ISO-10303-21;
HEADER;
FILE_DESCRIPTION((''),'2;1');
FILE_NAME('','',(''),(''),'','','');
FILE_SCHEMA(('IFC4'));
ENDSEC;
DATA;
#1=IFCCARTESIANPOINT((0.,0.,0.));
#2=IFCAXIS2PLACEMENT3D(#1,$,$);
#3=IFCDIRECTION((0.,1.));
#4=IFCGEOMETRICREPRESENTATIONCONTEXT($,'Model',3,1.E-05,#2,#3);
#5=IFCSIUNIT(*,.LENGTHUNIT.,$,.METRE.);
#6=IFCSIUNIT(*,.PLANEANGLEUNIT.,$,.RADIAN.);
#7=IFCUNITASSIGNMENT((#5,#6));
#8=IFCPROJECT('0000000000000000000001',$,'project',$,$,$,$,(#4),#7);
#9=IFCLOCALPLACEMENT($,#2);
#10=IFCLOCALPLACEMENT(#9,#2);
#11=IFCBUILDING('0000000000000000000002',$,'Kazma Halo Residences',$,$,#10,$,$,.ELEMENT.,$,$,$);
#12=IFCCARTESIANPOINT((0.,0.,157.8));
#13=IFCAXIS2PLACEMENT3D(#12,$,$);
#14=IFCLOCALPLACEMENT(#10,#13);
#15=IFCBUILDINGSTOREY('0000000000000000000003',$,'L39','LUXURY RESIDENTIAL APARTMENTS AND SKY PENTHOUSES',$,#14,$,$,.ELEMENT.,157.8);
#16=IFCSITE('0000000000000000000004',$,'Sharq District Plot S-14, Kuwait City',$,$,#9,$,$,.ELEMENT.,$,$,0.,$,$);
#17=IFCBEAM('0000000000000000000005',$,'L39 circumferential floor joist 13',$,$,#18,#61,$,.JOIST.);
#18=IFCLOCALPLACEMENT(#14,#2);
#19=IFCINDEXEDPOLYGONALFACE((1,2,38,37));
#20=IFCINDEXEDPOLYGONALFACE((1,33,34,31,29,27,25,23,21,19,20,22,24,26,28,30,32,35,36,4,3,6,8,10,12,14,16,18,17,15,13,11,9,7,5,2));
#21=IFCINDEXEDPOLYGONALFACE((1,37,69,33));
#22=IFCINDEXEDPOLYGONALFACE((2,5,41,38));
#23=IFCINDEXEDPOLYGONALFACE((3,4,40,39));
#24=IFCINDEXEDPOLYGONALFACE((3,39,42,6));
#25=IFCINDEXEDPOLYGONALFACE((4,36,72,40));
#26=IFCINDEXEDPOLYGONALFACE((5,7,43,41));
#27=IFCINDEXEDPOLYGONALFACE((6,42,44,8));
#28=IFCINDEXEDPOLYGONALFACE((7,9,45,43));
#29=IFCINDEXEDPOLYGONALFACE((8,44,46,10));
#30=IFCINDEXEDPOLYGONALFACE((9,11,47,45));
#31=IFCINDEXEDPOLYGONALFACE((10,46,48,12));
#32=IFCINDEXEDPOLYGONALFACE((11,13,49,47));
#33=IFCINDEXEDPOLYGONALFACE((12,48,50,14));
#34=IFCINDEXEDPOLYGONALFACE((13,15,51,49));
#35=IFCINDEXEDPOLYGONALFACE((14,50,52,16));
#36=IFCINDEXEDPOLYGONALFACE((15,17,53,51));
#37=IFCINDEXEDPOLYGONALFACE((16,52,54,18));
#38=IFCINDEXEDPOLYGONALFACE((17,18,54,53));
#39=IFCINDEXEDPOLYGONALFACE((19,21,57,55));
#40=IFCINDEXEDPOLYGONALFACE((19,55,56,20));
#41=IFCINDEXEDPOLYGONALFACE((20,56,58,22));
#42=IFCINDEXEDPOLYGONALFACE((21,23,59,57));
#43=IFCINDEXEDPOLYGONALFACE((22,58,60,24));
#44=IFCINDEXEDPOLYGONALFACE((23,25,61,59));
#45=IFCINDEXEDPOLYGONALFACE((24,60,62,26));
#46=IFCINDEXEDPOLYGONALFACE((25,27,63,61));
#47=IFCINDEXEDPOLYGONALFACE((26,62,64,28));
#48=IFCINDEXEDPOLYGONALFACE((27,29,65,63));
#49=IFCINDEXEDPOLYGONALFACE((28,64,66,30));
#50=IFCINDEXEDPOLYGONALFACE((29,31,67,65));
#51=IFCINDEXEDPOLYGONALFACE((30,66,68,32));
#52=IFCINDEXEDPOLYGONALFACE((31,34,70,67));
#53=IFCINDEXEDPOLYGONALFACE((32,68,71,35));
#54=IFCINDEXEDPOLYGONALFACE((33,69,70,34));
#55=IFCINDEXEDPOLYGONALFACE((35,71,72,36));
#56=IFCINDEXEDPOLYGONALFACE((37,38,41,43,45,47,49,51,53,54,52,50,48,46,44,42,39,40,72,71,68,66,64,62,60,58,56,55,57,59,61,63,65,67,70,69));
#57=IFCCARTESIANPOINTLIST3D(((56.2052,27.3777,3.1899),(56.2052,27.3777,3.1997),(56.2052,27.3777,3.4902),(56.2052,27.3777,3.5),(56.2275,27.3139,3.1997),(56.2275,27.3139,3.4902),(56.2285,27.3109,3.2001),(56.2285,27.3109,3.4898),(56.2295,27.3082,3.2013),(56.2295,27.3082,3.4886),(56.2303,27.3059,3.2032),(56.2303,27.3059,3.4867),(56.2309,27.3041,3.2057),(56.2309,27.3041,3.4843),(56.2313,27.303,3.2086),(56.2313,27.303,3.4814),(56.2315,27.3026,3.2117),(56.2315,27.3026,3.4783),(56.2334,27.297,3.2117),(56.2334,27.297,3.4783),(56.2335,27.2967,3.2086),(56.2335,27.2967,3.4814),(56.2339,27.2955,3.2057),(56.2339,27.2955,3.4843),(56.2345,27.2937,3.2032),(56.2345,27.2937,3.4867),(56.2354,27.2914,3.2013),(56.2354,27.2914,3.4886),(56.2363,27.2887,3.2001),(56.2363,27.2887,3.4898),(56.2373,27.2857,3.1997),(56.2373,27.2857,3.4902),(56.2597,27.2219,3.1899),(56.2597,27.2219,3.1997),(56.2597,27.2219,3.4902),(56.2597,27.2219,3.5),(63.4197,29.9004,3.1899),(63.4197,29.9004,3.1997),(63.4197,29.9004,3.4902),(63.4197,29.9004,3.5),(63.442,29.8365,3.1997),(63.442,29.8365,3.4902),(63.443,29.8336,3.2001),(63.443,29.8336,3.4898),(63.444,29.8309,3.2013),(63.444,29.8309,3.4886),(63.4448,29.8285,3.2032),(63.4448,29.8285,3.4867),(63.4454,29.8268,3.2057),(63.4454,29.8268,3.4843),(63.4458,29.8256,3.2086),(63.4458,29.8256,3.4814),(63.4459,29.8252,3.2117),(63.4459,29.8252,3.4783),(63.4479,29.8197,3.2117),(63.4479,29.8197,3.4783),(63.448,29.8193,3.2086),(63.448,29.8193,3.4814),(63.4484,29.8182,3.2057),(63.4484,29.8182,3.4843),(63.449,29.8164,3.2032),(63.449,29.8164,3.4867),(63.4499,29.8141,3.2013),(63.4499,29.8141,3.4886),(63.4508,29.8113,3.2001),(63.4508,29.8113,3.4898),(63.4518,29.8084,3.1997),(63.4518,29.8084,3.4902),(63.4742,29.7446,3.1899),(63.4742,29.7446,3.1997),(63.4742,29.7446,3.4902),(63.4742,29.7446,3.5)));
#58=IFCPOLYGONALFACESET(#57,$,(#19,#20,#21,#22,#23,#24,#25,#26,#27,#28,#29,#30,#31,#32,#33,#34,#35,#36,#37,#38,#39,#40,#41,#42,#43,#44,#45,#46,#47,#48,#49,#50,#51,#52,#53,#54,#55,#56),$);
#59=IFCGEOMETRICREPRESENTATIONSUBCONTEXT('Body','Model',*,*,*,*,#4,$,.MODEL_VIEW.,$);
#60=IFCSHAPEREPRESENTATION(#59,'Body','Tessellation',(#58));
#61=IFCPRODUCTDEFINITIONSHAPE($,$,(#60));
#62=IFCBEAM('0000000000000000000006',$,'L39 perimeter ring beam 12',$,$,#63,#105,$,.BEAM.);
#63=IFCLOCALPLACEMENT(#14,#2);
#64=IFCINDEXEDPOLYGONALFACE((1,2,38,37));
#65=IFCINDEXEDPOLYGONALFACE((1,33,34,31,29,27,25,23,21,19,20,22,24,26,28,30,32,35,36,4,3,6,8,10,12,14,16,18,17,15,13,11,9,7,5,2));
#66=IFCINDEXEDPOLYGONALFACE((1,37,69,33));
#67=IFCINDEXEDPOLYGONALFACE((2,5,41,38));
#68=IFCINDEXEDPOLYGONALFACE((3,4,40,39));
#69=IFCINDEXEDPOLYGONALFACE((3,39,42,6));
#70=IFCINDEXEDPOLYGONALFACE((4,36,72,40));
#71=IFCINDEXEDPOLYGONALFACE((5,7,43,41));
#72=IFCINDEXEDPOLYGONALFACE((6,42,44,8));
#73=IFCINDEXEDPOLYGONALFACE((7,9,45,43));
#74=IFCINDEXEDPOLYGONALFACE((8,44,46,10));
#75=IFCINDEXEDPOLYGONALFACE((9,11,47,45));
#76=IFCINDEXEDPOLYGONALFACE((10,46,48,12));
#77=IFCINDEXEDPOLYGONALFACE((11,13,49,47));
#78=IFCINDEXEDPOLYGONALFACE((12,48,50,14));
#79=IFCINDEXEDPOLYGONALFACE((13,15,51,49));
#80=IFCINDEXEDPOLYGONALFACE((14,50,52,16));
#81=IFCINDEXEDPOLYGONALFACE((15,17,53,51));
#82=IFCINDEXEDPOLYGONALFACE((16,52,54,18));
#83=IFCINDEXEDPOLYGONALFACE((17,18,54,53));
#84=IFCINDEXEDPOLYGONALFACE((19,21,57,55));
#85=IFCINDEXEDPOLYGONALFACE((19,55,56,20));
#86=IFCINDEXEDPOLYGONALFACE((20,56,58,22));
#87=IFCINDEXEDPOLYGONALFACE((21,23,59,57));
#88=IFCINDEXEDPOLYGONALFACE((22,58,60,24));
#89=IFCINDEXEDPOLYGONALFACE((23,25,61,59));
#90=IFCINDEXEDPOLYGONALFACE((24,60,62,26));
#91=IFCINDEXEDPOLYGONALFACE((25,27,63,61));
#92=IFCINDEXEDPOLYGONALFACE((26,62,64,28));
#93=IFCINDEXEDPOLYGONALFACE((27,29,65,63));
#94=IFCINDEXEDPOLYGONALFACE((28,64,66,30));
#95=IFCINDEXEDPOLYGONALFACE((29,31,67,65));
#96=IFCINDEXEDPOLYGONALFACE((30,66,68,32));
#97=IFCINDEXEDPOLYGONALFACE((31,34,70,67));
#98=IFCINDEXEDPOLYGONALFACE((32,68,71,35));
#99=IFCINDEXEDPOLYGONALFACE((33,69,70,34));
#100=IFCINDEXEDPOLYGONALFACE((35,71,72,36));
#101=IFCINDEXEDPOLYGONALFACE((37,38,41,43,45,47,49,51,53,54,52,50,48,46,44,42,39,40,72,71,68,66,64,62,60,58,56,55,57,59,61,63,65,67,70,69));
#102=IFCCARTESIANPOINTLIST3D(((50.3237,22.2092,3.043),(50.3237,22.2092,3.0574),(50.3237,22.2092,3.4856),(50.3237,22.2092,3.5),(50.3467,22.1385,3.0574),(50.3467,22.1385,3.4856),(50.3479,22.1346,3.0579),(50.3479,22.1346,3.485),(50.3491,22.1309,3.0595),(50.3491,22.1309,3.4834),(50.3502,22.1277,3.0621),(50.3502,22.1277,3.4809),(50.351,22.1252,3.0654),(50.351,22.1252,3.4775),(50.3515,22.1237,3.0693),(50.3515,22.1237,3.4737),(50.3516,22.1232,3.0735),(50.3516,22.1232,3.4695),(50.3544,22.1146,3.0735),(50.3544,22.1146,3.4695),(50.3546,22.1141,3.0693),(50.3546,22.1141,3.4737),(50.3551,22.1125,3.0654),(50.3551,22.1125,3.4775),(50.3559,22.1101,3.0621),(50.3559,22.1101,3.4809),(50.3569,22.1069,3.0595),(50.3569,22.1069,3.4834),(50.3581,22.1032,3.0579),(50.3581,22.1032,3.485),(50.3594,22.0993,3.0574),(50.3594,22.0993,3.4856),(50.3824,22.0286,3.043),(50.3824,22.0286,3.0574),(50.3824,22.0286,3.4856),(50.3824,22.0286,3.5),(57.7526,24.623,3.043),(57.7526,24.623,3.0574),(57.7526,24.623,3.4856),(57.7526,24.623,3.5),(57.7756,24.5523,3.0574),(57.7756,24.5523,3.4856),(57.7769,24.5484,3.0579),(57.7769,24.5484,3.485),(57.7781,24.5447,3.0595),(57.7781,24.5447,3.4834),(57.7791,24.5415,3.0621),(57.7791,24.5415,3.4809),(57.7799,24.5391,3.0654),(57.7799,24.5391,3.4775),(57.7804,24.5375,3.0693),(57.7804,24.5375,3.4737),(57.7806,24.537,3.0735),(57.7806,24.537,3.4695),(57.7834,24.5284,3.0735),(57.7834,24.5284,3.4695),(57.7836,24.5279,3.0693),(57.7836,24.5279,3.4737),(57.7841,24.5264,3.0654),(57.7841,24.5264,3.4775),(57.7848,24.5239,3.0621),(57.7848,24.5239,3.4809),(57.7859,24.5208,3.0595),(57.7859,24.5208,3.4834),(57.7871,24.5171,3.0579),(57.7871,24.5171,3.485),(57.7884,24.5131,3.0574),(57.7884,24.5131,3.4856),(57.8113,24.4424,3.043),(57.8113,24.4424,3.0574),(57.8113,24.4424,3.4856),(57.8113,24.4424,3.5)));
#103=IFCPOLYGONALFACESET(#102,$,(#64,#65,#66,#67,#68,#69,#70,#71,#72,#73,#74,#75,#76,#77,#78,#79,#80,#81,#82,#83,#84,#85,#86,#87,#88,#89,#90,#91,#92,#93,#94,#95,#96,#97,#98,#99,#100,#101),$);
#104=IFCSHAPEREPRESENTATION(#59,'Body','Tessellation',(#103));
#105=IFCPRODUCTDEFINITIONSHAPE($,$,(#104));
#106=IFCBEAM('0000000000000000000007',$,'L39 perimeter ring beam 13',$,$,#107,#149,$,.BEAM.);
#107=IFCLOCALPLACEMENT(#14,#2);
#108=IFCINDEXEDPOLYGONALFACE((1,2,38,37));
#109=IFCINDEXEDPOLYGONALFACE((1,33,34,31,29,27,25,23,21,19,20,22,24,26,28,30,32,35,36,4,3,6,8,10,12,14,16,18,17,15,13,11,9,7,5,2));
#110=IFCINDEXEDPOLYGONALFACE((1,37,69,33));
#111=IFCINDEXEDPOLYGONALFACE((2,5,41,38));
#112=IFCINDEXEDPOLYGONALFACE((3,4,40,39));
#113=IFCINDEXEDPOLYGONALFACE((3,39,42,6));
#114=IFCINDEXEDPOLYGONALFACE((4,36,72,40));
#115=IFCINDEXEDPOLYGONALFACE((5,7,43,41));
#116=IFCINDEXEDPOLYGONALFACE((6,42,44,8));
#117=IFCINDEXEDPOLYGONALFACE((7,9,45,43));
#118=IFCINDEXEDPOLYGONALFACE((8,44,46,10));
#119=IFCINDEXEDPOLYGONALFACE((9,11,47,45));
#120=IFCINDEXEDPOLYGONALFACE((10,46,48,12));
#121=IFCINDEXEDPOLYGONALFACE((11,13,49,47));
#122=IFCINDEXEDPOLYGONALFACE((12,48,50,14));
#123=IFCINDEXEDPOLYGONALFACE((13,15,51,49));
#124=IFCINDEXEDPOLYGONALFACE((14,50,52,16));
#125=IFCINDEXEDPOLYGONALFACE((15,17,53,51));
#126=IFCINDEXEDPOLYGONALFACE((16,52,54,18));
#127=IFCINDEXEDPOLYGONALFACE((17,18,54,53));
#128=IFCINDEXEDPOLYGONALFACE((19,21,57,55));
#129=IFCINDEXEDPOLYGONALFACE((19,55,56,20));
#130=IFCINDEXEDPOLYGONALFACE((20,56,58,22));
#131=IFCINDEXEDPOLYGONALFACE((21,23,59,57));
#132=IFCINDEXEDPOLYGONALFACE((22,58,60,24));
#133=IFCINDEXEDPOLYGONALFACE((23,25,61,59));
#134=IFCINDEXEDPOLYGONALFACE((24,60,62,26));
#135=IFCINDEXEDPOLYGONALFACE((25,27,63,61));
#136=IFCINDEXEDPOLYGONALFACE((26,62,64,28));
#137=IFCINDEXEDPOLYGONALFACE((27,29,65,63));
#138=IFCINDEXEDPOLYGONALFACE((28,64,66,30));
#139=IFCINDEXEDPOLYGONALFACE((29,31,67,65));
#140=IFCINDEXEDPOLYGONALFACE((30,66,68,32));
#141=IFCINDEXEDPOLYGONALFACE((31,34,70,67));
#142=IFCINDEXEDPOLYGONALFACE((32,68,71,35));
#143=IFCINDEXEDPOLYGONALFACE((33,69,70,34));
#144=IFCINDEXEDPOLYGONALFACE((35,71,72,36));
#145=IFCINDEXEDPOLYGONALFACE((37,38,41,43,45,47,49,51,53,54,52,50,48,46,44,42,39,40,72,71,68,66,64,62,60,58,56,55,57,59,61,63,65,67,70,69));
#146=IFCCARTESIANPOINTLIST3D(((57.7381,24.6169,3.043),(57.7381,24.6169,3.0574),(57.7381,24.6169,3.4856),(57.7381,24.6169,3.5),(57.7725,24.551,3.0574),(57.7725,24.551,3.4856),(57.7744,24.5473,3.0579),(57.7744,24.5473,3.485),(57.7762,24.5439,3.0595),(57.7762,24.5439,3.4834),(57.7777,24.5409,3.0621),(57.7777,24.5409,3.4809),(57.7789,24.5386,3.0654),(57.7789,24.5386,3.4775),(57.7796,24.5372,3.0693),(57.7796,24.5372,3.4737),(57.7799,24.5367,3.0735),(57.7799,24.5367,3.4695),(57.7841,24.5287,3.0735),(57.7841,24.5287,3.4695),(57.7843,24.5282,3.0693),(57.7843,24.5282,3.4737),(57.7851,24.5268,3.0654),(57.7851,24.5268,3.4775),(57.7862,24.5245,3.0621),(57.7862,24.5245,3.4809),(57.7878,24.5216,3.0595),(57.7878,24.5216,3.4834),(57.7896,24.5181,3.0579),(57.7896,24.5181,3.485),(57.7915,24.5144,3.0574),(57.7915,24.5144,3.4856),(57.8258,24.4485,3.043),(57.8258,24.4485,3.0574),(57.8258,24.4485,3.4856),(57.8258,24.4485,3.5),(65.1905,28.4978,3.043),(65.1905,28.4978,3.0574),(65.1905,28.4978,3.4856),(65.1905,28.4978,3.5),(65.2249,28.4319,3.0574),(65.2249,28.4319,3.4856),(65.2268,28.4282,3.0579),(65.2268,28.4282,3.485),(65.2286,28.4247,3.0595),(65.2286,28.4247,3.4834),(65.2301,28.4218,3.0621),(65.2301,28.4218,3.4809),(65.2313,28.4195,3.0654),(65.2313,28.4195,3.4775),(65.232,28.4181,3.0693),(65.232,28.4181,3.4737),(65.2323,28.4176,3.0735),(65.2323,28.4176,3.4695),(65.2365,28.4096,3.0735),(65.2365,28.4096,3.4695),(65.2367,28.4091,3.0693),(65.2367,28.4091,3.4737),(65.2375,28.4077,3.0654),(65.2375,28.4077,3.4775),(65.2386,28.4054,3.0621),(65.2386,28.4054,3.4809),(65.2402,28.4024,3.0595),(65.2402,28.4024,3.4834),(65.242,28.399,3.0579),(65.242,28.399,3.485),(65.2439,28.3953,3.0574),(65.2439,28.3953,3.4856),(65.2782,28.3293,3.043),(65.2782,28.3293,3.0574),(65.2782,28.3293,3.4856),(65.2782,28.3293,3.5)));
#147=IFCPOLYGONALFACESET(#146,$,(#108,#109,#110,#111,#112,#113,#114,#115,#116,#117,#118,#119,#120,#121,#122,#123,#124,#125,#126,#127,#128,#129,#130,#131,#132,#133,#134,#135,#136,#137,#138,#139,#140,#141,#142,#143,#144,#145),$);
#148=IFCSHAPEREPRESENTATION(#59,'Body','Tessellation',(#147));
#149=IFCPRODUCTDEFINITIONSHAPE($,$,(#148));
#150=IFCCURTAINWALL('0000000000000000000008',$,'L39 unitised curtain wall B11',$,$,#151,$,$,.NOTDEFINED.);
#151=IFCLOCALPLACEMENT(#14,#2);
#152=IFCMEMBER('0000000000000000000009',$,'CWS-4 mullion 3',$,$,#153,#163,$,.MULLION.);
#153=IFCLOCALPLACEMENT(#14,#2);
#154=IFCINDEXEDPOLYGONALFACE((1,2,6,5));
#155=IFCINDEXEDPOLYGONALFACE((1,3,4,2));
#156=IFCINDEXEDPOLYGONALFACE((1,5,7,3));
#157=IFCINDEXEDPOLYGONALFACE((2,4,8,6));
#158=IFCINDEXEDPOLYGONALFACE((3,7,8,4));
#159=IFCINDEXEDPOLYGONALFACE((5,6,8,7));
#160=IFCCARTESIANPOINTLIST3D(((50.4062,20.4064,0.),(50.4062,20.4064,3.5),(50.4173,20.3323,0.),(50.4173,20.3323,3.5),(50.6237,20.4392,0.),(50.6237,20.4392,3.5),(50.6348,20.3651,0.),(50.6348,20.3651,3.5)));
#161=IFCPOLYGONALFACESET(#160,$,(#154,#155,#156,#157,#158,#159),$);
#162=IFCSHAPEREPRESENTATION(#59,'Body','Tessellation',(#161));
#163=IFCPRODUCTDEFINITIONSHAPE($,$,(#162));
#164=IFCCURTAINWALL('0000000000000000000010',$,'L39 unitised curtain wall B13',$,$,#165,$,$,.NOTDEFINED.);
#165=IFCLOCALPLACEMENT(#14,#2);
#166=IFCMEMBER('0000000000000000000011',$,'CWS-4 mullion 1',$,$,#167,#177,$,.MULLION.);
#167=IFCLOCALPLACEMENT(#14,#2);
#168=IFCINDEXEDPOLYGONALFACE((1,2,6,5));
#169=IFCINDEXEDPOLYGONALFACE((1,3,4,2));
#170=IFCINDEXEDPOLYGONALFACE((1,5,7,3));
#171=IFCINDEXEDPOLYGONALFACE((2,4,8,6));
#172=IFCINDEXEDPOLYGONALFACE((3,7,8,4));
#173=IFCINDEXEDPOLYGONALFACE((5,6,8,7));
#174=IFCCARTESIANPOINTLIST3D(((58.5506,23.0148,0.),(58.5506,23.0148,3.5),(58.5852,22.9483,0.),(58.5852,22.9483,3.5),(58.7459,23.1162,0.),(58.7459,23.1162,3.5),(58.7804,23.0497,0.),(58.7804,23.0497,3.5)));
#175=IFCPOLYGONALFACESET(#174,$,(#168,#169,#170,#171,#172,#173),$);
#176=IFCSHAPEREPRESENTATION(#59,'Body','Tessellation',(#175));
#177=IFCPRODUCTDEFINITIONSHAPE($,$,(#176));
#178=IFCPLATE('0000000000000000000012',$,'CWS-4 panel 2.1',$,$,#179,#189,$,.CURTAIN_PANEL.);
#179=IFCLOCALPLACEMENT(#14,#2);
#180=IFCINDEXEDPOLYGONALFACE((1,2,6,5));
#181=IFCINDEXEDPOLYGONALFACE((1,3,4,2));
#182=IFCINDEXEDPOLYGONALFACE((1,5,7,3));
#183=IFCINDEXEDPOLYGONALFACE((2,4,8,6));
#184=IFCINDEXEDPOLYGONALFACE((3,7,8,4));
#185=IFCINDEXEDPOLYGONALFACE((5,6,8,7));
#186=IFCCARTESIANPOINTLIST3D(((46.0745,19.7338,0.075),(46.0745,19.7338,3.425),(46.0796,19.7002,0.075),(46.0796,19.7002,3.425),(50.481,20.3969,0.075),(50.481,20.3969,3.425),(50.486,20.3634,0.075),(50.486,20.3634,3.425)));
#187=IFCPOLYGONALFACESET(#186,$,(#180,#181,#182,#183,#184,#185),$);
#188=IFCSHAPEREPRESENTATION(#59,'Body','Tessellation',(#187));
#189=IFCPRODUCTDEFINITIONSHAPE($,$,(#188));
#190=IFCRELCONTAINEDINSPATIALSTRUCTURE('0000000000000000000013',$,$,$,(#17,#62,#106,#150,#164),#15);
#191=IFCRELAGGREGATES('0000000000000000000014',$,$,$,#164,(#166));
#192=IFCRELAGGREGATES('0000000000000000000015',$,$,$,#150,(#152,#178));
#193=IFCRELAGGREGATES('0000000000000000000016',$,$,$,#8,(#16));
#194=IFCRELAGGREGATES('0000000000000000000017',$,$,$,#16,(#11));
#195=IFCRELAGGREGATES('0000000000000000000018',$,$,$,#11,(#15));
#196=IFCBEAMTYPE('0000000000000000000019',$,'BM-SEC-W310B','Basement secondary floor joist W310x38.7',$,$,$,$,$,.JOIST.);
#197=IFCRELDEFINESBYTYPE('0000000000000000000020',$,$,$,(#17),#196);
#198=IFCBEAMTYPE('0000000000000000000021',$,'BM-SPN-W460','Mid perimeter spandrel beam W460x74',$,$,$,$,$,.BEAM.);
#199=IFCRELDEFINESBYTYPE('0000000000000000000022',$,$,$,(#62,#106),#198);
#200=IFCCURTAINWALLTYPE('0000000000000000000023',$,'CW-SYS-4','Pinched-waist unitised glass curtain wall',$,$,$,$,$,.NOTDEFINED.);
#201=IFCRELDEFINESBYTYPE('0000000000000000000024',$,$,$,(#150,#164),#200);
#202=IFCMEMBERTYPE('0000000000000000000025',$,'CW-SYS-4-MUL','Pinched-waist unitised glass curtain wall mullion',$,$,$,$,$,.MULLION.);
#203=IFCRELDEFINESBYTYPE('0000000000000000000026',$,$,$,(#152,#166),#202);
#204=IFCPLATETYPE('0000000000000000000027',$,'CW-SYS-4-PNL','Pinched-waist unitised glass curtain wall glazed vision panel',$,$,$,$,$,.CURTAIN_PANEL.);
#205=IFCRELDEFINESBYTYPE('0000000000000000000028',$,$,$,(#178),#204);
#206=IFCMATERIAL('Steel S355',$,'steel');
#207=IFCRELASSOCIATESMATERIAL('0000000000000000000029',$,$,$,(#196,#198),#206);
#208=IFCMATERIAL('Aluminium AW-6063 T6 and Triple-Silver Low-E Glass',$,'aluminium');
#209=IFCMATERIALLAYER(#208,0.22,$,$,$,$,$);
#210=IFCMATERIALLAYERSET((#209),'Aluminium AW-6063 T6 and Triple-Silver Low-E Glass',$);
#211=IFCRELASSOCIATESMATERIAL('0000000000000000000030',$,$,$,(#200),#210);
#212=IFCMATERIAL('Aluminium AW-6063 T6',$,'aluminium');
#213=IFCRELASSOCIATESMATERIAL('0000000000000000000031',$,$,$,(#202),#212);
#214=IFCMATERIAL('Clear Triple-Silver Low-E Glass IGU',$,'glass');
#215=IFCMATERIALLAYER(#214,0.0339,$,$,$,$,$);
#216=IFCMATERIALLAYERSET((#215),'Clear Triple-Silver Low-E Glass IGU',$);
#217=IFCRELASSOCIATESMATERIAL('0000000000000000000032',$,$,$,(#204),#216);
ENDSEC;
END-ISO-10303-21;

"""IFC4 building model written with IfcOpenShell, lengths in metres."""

from ifc_helpers import new_model, si_unit, direction, frame, origin, origin_2d, place, context, subcontext, project, spatial, rectangle, i_section, extrude, material, layer, layer_set, material_profile, profile_set, type_object, element, aggregate, save


model = new_model("IFC4")

# Units and contexts
model_context = context("Model", 3, precision=1e-05, world=origin(), true_north=direction((0.0, 1.0)))
body_context = subcontext(model_context, "Body", "Model", "MODEL_VIEW")
ifc_project = project(units=[si_unit("LENGTHUNIT", "METRE"), si_unit("PLANEANGLEUNIT", "RADIAN")], contexts=[model_context])

# Site, building, storey
site_placement = place(None, origin())
site = spatial("IfcSite", under=ifc_project, at=site_placement, Name="Sharq District Plot S-14, Kuwait City", CompositionType="ELEMENT", RefElevation=0.0)
building_placement = place(site_placement, origin())
building = spatial("IfcBuilding", under=site, at=building_placement, Name="Kazma Halo Residences", CompositionType="ELEMENT")
storey_placement = place(building_placement, frame((0.0, 0.0, 157.8)))
storey = spatial("IfcBuildingStorey", under=building, at=storey_placement, Name="L39", Description="LUXURY RESIDENTIAL APARTMENTS AND SKY PENTHOUSES", CompositionType="ELEMENT", Elevation=157.8)

# Beams
ifc_material_1 = material(Name="Steel S355", Category="steel")
ifc_material_profile_1 = material_profile(ifc_material_1, i_section(OverallWidth=0.165, OverallDepth=0.3101, WebThickness=0.0059, FlangeThickness=0.0098, FilletRadius=0.012, at=origin_2d()), Name="W310x38.7")
ifc_profile_set_1 = profile_set([ifc_material_profile_1], Name="Steel S355")
beam_type_1 = type_object("IfcBeamType", Name="BM-SEC-W310B", Description="Basement secondary floor joist W310x38.7", PredefinedType="JOIST", material=ifc_profile_set_1)
beam_1_placement = place(storey_placement, frame((56.2324, 27.2998, 3.345), z_axis=(0.943956, 0.33007, 0.0), x_axis=(-0.33007, 0.943956, 0.0)))
element("IfcBeam", 1, at=beam_1_placement, inside=storey, type_object=beam_type_1, Name="L39 circumferential floor joist 13", PredefinedType="JOIST", context=body_context, shape_type="SweptSolid", body=[
    extrude(i_section(OverallWidth=0.165, OverallDepth=0.3101, WebThickness=0.0059, FlangeThickness=0.0098, FilletRadius=0.012, at=origin_2d()), origin(), (0.0, 0.0, 1.0), 7.6428),
])
ifc_material_profile_2 = material_profile(ifc_material_1, i_section(OverallWidth=0.1899, OverallDepth=0.457, WebThickness=0.009, FlangeThickness=0.0144, FilletRadius=0.0161, at=origin_2d()), Name="W460x74")
ifc_profile_set_2 = profile_set([ifc_material_profile_2], Name="Steel S355")
beam_type_2 = type_object("IfcBeamType", Name="BM-SPN-W460", Description="Mid perimeter spandrel beam W460x74", PredefinedType="BEAM", material=ifc_profile_set_2)
beam_2_placement = place(storey_placement, frame((50.353, 22.1189, 3.2715), z_axis=(0.951056, 0.309018, 0.0), x_axis=(-0.309018, 0.951056, 0.0)))
element("IfcBeam", 2, at=beam_2_placement, inside=storey, type_object=beam_type_2, Name="L39 perimeter ring beam 12", PredefinedType="BEAM", context=body_context, shape_type="SweptSolid", body=[
    extrude(i_section(OverallWidth=0.1899, OverallDepth=0.457, WebThickness=0.009, FlangeThickness=0.0144, FilletRadius=0.0161, at=origin_2d()), origin(), (0.0, 0.0, 1.0), 7.8113),
])
beam_3_placement = place(storey_placement, frame((57.782, 24.5327, 3.2715), z_axis=(0.886943, 0.461879, 0.0), x_axis=(-0.461879, 0.886943, 0.0)))
element("IfcBeam", 3, at=beam_3_placement, inside=storey, type_object=beam_type_2, Name="L39 perimeter ring beam 13", PredefinedType="BEAM", context=body_context, shape_type="SweptSolid", body=[
    extrude(i_section(OverallWidth=0.1899, OverallDepth=0.457, WebThickness=0.009, FlangeThickness=0.0144, FilletRadius=0.0161, at=origin_2d()), origin(), (0.0, 0.0, 1.0), 8.4023),
])

# Curtain walls, members
ifc_material_2 = material(Name="Aluminium AW-6063 T6 and Triple-Silver Low-E Glass", Category="aluminium")
ifc_layer_1 = layer(ifc_material_2, 0.22)
ifc_layer_set_1 = layer_set([ifc_layer_1], Name="Aluminium AW-6063 T6 and Triple-Silver Low-E Glass")
curtain_wall_type = type_object("IfcCurtainWallType", Name="CW-SYS-4", Description="Pinched-waist unitised glass curtain wall", PredefinedType="NOTDEFINED", material=ifc_layer_set_1)
curtain_wall_1_placement = place(storey_placement, origin())
curtain_wall_1 = element("IfcCurtainWall", 4, at=curtain_wall_1_placement, inside=storey, type_object=curtain_wall_type, Name="L39 unitised curtain wall B11", PredefinedType="NOTDEFINED")
ifc_material_3 = material(Name="Aluminium AW-6063 T6", Category="aluminium")
ifc_material_profile_3 = material_profile(ifc_material_3, rectangle(XDim=0.075, YDim=0.22, at=origin_2d()), Name="CWM-75x220")
ifc_profile_set_3 = profile_set([ifc_material_profile_3], Name="Aluminium AW-6063 T6")
member_type = type_object("IfcMemberType", Name="CW-SYS-4-MUL", Description="Pinched-waist unitised glass curtain wall mullion", PredefinedType="MULLION", material=ifc_profile_set_3)
member_1_placement = place(storey_placement, frame((50.5205, 20.3857, 0.0), z_axis=(0.0, 0.0, 1.0), x_axis=(-0.148821, 0.988864, 0.0)))
member_1 = element("IfcMember", 5, at=member_1_placement, type_object=member_type, Name="CWS-4 mullion 3", PredefinedType="MULLION", context=body_context, shape_type="SweptSolid", body=[
    extrude(rectangle(XDim=0.075, YDim=0.22, at=origin_2d()), origin(), (0.0, 0.0, 1.0), 3.5),
])
curtain_wall_2_placement = place(storey_placement, origin())
curtain_wall_2 = element("IfcCurtainWall", 6, at=curtain_wall_2_placement, inside=storey, type_object=curtain_wall_type, Name="L39 unitised curtain wall B13", PredefinedType="NOTDEFINED")
member_2_placement = place(storey_placement, frame((58.6655, 23.0322, 0.0), z_axis=(0.0, 0.0, 1.0), x_axis=(-0.460837, 0.887485, 0.0)))
member_2 = element("IfcMember", 7, at=member_2_placement, type_object=member_type, Name="CWS-4 mullion 1", PredefinedType="MULLION", context=body_context, shape_type="SweptSolid", body=[
    extrude(rectangle(XDim=0.075, YDim=0.22, at=origin_2d()), origin(), (0.0, 0.0, 1.0), 3.5),
])
aggregate(curtain_wall_2, [member_2])

# Plate
ifc_material_4 = material(Name="Clear Triple-Silver Low-E Glass IGU", Category="glass")
ifc_layer_2 = layer(ifc_material_4, 0.0339)
ifc_layer_set_2 = layer_set([ifc_layer_2], Name="Clear Triple-Silver Low-E Glass IGU")
plate_type = type_object("IfcPlateType", Name="CW-SYS-4-PNL", Description="Pinched-waist unitised glass curtain wall glazed vision panel", PredefinedType="CURTAIN_PANEL", material=ifc_layer_set_2)
plate_placement = place(storey_placement, frame((48.2803, 20.0486, 0.075), z_axis=(0.0, 0.0, 1.0), x_axis=(0.988864, 0.148821, 0.0)))
plate = element("IfcPlate", 8, at=plate_placement, type_object=plate_type, Name="CWS-4 panel 2.1", PredefinedType="CURTAIN_PANEL", context=body_context, shape_type="SweptSolid", body=[
    extrude(rectangle(XDim=4.4561, YDim=0.0339, at=origin_2d()), origin(), (0.0, 0.0, 1.0), 3.3501),
])
aggregate(curtain_wall_1, [member_1, plate])

save(model, "model.ifc")
